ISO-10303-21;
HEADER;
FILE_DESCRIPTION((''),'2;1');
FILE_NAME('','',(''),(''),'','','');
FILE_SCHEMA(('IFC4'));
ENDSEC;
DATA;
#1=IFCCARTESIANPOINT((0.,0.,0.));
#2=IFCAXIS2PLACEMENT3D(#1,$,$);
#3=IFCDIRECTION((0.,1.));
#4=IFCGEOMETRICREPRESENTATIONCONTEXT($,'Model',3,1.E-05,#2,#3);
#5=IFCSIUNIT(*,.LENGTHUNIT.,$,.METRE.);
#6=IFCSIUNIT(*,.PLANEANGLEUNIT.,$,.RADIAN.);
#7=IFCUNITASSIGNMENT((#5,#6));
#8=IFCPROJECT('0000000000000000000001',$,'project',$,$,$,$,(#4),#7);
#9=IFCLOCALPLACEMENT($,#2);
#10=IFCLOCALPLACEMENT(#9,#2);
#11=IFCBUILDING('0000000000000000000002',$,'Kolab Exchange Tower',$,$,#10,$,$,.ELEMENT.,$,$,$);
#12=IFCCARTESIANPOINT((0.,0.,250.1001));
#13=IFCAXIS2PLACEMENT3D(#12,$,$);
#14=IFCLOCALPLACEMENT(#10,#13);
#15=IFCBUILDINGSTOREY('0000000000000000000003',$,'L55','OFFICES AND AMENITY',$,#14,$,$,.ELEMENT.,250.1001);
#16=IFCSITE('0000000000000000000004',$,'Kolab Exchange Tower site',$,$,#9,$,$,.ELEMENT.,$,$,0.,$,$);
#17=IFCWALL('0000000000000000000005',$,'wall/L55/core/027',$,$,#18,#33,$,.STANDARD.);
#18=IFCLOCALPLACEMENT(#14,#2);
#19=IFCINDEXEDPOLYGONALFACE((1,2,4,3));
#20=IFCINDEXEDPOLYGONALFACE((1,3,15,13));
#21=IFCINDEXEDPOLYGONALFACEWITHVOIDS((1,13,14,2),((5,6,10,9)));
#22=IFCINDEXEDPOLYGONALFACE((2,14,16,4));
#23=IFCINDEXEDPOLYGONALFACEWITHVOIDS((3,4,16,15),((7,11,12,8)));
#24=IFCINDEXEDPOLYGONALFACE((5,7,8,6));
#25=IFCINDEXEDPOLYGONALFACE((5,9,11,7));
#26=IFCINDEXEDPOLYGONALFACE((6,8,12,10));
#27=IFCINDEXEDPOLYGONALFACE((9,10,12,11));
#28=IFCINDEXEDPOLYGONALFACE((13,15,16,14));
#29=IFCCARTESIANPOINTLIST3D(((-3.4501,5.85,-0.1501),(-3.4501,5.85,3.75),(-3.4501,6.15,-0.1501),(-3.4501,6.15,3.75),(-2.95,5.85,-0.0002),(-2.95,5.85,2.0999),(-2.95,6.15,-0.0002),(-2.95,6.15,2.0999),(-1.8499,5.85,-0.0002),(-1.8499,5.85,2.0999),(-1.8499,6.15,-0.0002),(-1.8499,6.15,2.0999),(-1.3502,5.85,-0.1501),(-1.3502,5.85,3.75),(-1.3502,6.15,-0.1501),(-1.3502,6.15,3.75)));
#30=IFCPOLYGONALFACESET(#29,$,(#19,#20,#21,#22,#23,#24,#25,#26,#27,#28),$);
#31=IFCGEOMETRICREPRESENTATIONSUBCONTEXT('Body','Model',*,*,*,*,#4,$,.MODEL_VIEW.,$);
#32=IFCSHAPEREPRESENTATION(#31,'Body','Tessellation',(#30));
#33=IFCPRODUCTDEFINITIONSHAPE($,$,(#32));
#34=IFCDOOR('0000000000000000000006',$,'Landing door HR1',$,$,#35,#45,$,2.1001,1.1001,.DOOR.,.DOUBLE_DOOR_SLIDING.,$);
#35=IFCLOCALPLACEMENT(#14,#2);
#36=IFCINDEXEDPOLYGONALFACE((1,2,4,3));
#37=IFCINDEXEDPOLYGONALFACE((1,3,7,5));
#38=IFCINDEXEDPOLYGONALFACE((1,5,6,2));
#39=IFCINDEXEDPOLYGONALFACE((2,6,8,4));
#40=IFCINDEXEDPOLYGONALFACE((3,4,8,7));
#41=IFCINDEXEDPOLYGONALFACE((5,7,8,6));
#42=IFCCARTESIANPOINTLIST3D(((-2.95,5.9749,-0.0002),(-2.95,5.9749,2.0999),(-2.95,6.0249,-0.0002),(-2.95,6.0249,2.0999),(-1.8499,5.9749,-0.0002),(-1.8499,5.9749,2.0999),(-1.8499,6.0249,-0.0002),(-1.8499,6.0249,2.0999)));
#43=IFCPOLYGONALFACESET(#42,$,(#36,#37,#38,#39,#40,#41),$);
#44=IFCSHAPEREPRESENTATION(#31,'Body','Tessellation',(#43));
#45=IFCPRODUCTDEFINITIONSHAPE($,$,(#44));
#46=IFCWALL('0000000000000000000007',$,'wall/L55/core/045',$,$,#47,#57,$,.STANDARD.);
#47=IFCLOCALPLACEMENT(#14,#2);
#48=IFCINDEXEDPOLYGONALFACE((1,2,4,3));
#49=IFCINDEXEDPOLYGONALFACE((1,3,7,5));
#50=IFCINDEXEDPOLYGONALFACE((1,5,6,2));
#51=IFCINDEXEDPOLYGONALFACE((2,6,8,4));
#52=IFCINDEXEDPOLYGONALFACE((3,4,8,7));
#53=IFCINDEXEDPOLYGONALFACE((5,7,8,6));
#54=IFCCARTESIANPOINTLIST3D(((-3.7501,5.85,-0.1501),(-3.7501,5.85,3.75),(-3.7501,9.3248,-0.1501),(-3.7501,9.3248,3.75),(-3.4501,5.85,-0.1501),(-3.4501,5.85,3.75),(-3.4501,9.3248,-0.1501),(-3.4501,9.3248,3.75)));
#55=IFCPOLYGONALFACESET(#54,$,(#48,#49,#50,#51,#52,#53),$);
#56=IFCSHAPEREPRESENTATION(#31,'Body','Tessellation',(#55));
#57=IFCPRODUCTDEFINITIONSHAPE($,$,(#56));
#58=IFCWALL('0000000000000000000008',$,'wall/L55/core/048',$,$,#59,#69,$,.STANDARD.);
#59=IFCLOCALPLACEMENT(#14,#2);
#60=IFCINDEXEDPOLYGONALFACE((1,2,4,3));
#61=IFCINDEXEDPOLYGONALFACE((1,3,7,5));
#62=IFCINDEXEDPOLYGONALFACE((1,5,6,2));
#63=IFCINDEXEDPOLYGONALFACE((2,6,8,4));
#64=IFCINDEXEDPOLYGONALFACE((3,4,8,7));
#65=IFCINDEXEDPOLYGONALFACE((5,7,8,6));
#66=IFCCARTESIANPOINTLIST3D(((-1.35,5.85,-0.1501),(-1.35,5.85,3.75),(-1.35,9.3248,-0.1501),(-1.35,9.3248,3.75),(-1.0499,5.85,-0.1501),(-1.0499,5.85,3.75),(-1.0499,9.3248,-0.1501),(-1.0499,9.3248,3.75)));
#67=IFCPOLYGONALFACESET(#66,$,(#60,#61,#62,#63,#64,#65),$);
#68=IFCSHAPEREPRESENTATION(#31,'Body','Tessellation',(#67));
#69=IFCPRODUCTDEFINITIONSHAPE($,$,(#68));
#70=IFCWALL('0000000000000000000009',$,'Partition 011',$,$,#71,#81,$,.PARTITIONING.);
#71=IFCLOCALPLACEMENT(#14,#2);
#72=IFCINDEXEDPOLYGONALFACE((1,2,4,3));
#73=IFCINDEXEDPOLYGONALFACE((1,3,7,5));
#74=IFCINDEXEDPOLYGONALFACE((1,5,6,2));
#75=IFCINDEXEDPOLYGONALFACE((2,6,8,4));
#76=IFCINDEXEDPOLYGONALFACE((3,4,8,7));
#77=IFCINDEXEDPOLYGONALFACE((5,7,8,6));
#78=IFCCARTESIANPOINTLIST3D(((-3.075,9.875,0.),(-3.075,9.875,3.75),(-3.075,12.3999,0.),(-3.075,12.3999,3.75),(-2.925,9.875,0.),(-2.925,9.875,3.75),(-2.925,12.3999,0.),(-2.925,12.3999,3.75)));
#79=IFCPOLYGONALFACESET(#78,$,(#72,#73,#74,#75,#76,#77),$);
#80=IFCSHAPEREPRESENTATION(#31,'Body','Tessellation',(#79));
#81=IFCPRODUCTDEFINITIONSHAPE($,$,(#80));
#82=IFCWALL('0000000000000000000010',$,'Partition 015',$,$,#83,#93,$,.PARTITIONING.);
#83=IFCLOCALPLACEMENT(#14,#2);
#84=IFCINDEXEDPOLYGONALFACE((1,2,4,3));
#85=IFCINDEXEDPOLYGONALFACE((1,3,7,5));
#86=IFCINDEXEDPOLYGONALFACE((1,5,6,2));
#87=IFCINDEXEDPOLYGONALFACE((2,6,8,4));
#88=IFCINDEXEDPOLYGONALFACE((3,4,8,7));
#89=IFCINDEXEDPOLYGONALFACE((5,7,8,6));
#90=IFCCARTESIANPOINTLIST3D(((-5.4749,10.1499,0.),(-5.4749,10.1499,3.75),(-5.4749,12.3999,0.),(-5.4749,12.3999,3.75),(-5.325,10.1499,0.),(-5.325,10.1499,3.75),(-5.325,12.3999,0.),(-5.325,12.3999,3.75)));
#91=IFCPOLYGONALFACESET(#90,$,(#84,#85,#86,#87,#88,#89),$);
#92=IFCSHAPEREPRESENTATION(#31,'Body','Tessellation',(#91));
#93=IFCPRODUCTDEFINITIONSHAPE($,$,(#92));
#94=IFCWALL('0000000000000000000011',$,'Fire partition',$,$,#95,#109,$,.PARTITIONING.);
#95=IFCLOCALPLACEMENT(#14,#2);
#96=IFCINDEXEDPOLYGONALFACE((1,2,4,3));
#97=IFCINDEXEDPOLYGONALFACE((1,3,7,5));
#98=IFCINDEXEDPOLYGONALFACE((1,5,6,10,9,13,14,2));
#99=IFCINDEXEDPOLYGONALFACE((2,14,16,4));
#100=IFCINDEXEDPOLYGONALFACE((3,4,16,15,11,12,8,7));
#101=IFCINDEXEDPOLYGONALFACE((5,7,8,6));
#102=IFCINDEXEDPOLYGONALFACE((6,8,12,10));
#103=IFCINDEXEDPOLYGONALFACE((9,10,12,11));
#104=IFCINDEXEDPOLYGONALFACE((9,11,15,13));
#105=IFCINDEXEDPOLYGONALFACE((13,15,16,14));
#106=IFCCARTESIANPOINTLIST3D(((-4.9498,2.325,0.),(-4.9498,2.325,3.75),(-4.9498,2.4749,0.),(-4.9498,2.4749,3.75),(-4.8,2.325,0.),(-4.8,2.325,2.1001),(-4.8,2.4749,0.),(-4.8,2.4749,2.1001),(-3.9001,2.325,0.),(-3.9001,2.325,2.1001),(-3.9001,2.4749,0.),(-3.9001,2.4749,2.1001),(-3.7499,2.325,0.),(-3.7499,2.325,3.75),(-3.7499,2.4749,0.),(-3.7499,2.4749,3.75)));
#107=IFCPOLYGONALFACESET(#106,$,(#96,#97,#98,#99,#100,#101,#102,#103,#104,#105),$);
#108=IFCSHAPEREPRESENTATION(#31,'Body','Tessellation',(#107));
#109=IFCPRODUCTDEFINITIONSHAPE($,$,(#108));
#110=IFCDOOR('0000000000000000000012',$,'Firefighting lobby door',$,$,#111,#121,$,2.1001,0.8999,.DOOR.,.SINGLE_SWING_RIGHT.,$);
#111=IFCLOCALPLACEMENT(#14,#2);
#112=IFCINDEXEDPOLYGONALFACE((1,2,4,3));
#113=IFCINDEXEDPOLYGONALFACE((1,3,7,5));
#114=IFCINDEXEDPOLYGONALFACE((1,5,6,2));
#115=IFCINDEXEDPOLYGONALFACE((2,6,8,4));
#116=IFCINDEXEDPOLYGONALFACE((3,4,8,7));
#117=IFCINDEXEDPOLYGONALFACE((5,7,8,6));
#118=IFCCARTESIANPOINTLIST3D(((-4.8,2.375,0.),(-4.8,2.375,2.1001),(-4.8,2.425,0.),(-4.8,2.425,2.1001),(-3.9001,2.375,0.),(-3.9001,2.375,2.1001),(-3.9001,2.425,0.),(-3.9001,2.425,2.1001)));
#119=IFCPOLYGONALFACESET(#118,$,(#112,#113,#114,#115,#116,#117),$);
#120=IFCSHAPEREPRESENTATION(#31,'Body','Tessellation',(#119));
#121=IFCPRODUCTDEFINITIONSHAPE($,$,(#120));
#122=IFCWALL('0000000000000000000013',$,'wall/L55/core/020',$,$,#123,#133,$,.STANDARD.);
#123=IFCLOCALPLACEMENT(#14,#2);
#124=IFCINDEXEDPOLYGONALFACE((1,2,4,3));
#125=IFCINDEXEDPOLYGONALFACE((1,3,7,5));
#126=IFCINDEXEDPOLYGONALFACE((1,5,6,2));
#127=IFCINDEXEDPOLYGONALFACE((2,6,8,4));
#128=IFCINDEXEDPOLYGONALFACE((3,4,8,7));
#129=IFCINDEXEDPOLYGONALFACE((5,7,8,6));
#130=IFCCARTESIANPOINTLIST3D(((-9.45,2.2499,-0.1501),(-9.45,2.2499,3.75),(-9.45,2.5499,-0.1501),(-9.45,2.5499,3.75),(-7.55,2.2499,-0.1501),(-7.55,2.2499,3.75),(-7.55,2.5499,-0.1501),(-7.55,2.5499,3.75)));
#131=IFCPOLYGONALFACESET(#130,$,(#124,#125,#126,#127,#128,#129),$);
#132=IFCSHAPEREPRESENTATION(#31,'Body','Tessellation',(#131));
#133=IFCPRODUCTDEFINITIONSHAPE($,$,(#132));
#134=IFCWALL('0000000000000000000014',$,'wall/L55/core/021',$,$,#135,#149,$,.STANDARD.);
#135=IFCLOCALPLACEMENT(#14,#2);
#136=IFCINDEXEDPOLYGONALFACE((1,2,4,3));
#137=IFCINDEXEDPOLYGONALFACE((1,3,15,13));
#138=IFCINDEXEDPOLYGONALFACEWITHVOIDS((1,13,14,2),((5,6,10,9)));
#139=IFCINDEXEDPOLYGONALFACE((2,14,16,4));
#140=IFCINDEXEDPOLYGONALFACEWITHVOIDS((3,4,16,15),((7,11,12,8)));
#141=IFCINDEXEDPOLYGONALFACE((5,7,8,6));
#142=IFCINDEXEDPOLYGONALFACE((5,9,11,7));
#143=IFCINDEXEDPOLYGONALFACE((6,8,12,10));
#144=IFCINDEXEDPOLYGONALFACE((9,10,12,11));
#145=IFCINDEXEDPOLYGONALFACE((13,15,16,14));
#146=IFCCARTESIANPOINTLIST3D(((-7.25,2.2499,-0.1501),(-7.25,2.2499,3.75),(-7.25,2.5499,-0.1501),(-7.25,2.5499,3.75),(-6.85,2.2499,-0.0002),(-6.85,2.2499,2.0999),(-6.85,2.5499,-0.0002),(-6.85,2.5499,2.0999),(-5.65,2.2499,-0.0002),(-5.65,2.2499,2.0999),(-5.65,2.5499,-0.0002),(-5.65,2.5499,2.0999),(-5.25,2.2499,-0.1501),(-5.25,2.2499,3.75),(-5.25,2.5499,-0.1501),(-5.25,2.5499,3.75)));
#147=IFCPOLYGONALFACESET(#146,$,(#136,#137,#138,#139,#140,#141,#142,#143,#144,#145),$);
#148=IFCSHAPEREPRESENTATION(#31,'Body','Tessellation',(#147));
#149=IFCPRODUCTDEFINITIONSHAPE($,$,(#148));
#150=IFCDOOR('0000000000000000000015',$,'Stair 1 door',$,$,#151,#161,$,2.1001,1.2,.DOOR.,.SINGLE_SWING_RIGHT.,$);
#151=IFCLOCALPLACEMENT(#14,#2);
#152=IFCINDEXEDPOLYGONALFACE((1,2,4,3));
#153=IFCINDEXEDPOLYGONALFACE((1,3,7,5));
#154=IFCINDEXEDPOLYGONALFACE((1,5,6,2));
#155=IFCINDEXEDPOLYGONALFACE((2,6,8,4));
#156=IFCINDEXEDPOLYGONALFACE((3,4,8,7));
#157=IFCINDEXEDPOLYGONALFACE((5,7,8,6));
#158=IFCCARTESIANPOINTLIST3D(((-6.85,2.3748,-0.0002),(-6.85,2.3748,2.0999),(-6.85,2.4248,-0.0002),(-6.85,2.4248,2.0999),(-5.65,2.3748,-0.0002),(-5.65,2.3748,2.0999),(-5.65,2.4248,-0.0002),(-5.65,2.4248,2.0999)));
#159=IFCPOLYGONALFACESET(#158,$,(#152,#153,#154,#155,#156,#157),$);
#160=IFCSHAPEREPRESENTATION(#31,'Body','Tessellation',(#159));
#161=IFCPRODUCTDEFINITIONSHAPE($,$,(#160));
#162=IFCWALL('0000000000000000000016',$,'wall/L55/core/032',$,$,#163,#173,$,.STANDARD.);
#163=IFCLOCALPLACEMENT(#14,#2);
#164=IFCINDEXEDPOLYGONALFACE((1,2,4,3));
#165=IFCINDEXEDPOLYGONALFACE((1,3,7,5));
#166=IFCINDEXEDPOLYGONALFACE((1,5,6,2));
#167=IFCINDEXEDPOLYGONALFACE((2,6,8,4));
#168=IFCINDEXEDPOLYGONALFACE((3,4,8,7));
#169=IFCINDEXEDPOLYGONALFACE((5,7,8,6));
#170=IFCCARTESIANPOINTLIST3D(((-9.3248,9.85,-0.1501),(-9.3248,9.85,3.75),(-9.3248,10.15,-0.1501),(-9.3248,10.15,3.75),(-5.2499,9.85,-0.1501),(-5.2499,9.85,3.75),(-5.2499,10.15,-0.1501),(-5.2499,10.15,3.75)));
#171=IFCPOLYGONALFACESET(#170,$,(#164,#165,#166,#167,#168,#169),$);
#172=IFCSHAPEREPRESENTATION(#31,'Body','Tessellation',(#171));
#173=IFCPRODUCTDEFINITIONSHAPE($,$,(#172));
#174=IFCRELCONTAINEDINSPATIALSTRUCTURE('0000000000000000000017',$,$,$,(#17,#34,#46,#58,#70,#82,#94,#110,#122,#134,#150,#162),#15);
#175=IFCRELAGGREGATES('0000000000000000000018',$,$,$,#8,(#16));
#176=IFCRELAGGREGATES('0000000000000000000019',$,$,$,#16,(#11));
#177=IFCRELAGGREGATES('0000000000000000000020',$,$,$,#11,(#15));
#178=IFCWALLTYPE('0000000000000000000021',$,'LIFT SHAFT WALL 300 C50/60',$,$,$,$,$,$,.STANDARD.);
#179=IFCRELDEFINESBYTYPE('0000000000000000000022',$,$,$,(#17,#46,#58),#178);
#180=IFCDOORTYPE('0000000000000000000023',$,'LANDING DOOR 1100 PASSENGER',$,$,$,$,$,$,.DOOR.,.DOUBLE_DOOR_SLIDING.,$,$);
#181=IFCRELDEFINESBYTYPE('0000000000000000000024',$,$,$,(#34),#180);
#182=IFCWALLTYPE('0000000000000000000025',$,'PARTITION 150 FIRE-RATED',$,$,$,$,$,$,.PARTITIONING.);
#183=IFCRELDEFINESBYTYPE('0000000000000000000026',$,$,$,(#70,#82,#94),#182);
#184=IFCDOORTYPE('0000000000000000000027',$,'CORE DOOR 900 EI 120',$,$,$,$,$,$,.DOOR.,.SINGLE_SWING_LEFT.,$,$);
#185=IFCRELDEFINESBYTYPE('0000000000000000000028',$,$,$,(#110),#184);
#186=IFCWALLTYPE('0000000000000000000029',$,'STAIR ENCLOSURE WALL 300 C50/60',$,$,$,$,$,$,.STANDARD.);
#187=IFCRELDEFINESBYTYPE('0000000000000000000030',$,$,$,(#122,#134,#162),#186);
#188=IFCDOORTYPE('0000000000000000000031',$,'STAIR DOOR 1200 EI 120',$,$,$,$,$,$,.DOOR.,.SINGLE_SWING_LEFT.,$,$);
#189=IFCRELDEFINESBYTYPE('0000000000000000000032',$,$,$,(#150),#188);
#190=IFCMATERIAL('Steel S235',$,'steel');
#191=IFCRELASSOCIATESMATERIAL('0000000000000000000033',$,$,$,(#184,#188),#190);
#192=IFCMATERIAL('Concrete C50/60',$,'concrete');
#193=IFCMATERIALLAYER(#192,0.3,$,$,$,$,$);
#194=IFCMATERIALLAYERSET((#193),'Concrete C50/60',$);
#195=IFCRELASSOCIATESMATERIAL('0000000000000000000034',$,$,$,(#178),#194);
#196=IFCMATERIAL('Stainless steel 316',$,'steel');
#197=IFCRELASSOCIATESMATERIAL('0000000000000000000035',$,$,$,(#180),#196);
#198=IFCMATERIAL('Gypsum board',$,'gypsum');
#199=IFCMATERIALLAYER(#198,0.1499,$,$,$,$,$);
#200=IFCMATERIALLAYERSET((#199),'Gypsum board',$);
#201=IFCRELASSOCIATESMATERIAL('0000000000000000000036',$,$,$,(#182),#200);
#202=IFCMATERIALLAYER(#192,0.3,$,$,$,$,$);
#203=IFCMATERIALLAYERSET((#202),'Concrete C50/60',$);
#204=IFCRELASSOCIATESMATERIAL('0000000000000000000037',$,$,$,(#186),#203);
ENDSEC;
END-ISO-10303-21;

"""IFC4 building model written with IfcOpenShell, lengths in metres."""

from ifc_helpers import new_model, si_unit, direction, frame, frame_2d, origin, place, context, subcontext, project, spatial, rectangle, extrude, material, layer, layer_set, type_object, element, fill, save


model = new_model("IFC4")

# Units and contexts
model_context = context("Model", 3, precision=1e-05, world=origin(), true_north=direction((0.0, 1.0)))
body_context = subcontext(model_context, "Body", "Model", "MODEL_VIEW")
ifc_project = project(units=[si_unit("LENGTHUNIT", "METRE"), si_unit("PLANEANGLEUNIT", "RADIAN")], contexts=[model_context])

# Site, building, storey
site_placement = place(None, origin())
site = spatial("IfcSite", under=ifc_project, at=site_placement, Name="Kolab Exchange Tower site", CompositionType="ELEMENT", RefElevation=0.0)
building_placement = place(site_placement, origin())
building = spatial("IfcBuilding", under=site, at=building_placement, Name="Kolab Exchange Tower", CompositionType="ELEMENT")
storey_placement = place(building_placement, frame((0.0, 0.0, 250.1001)))
storey = spatial("IfcBuildingStorey", under=building, at=storey_placement, Name="L55", Description="OFFICES AND AMENITY", CompositionType="ELEMENT", Elevation=250.1001)

# Shared definitions
ifc_material_1 = material(Name="Concrete C50/60", Category="concrete")
ifc_material_2 = material(Name="Steel S235", Category="steel")
door_type_1 = type_object("IfcDoorType", Name="CORE DOOR 900 EI 120", OperationType="SINGLE_SWING_LEFT", PredefinedType="DOOR", material=ifc_material_2)

# Shared definitions
ifc_layer_1 = layer(ifc_material_1, 0.3)
ifc_layer_set_1 = layer_set([ifc_layer_1], Name="Concrete C50/60")
wall_type_1 = type_object("IfcWallType", Name="LIFT SHAFT WALL 300 C50/60", PredefinedType="STANDARD", material=ifc_layer_set_1)

# Wall, opening, door
ifc_material_3 = material(Name="Stainless steel 316", Category="steel")
door_type_2 = type_object("IfcDoorType", Name="LANDING DOOR 1100 PASSENGER", OperationType="DOUBLE_DOOR_SLIDING", PredefinedType="DOOR", material=ifc_material_3)
wall_1_placement = place(storey_placement, frame((-3.45, 6.0, -0.1501), z_axis=(0.0, 0.0, 1.0), x_axis=(1.0, 0.0, 0.0)))
wall_1 = element("IfcWall", 1, at=wall_1_placement, inside=storey, type_object=wall_type_1, Name="wall/L55/core/027", PredefinedType="STANDARD", context=body_context, shape_type="SweptSolid", body=[
    extrude(rectangle(XDim=2.0999, YDim=0.3, at=frame_2d((1.0498, 0.0))), origin(), (0.0, 0.0, 1.0), 3.9001),
])
opening_1_placement = place(wall_1_placement, frame((0.5, 0.0, 0.1499)))
opening_1 = element("IfcOpeningElement", 2, at=opening_1_placement, cuts=wall_1, PredefinedType="OPENING", context=body_context, shape_type="SweptSolid", body=[
    extrude(rectangle(XDim=1.1001, YDim=2.1001, at=frame_2d((0.55, 1.05))), frame((0.0, 0.1602, 0.0), z_axis=(0.0, -1.0, 0.0), x_axis=(1.0, 0.0, 0.0)), (0.0, 0.0, 1.0), 0.3201),
])
door_1_placement = place(opening_1_placement, origin())
door_1 = element("IfcDoor", 3, at=door_1_placement, inside=storey, type_object=door_type_2, Name="Landing door HR1", OperationType="DOUBLE_DOOR_SLIDING", OverallHeight=2.1001, OverallWidth=1.1001, PredefinedType="DOOR", context=body_context, shape_type="SweptSolid", body=[
    extrude(rectangle(XDim=1.1001, YDim=2.1001, at=frame_2d((0.55, 1.05))), frame((0.0, 0.0249, 0.0), z_axis=(0.0, -1.0, 0.0), x_axis=(1.0, 0.0, 0.0)), (0.0, 0.0, 1.0), 0.05),
])
fill(opening_1, door_1)

# Walls
for number, where, z_axis, x_axis, name in (
    (4, (-3.6001, 5.8501, -0.1501), (0.0, 0.0, 1.0), (0.0, 1.0, 0.0), "wall/L55/core/045"),
    (5, (-1.2, 5.8501, -0.1501), (0.0, 0.0, 1.0), (0.0, 1.0, 0.0), "wall/L55/core/048"),
):
    element("IfcWall", number, at=place(storey_placement, frame(where, z_axis=z_axis, x_axis=x_axis)), inside=storey, type_object=wall_type_1, Name=name, PredefinedType="STANDARD", context=body_context, shape_type="SweptSolid", body=[
        extrude(rectangle(XDim=3.4749, YDim=0.3, at=frame_2d((1.7373, 0.0))), origin(), (0.0, 0.0, 1.0), 3.9001),
    ])
ifc_material_4 = material(Name="Gypsum board", Category="gypsum")
ifc_layer_2 = layer(ifc_material_4, 0.1499)
ifc_layer_set_2 = layer_set([ifc_layer_2], Name="Gypsum board")
wall_type_2 = type_object("IfcWallType", Name="PARTITION 150 FIRE-RATED", PredefinedType="PARTITIONING", material=ifc_layer_set_2)
wall_2_placement = place(storey_placement, frame((-3.0, 9.875, 0.0), z_axis=(0.0, 0.0, 1.0), x_axis=(0.0, 1.0, 0.0)))
element("IfcWall", 6, at=wall_2_placement, inside=storey, type_object=wall_type_2, Name="Partition 011", PredefinedType="PARTITIONING", context=body_context, shape_type="SweptSolid", body=[
    extrude(rectangle(XDim=2.5249, YDim=0.1499, at=frame_2d((1.2625, 0.0))), origin(), (0.0, 0.0, 1.0), 3.75),
])
wall_3_placement = place(storey_placement, frame((-5.3999, 10.1499, 0.0), z_axis=(0.0, 0.0, 1.0), x_axis=(0.0, 1.0, 0.0)))
element("IfcWall", 7, at=wall_3_placement, inside=storey, type_object=wall_type_2, Name="Partition 015", PredefinedType="PARTITIONING", context=body_context, shape_type="SweptSolid", body=[
    extrude(rectangle(XDim=2.25, YDim=0.1499, at=frame_2d((1.125, 0.0))), origin(), (0.0, 0.0, 1.0), 3.75),
])

# Wall, opening, door
wall_4_placement = place(storey_placement, frame((-4.95, 2.3999, 0.0), z_axis=(0.0, 0.0, 1.0), x_axis=(1.0, 0.0, 0.0)))
wall_4 = element("IfcWall", 8, at=wall_4_placement, inside=storey, type_object=wall_type_2, Name="Fire partition", PredefinedType="PARTITIONING", context=body_context, shape_type="SweptSolid", body=[
    extrude(rectangle(XDim=1.2, YDim=0.1499, at=frame_2d((0.6001, 0.0))), origin(), (0.0, 0.0, 1.0), 3.75),
])
opening_2_placement = place(wall_4_placement, frame((0.1499, 0.0, 0.0)))
opening_2 = element("IfcOpeningElement", 9, at=opening_2_placement, cuts=wall_4, PredefinedType="OPENING", context=body_context, shape_type="SweptSolid", body=[
    extrude(rectangle(XDim=0.8999, YDim=2.1001, at=frame_2d((0.45, 1.05))), frame((0.0, 0.085, 0.0), z_axis=(0.0, -1.0, 0.0), x_axis=(1.0, 0.0, 0.0)), (0.0, 0.0, 1.0), 0.1699),
])
door_2_placement = place(opening_2_placement, frame((0.8999, 0.0, 0.0), z_axis=(0.0, 0.0, 1.0), x_axis=(-1.0, 0.0, 0.0)))
door_2 = element("IfcDoor", 10, at=door_2_placement, inside=storey, type_object=door_type_1, Name="Firefighting lobby door", OperationType="SINGLE_SWING_RIGHT", OverallHeight=2.1001, OverallWidth=0.8999, PredefinedType="DOOR", context=body_context, shape_type="SweptSolid", body=[
    extrude(rectangle(XDim=0.8999, YDim=2.1001, at=frame_2d((0.45, 1.05))), frame((0.0, 0.0249, 0.0), z_axis=(0.0, -1.0, 0.0), x_axis=(1.0, 0.0, 0.0)), (0.0, 0.0, 1.0), 0.05),
])
fill(opening_2, door_2)

# Wall
ifc_layer_3 = layer(ifc_material_1, 0.3)
ifc_layer_set_3 = layer_set([ifc_layer_3], Name="Concrete C50/60")
wall_type_3 = type_object("IfcWallType", Name="STAIR ENCLOSURE WALL 300 C50/60", PredefinedType="STANDARD", material=ifc_layer_set_3)
wall_5_placement = place(storey_placement, frame((-9.45, 2.3999, -0.1501), z_axis=(0.0, 0.0, 1.0), x_axis=(1.0, 0.0, 0.0)))
element("IfcWall", 11, at=wall_5_placement, inside=storey, type_object=wall_type_3, Name="wall/L55/core/020", PredefinedType="STANDARD", context=body_context, shape_type="SweptSolid", body=[
    extrude(rectangle(XDim=1.8999, YDim=0.3, at=frame_2d((0.95, 0.0))), origin(), (0.0, 0.0, 1.0), 3.9001),
])

# Wall, opening, door
wall_6_placement = place(storey_placement, frame((-7.25, 2.3999, -0.1501), z_axis=(0.0, 0.0, 1.0), x_axis=(1.0, 0.0, 0.0)))
wall_6 = element("IfcWall", 12, at=wall_6_placement, inside=storey, type_object=wall_type_3, Name="wall/L55/core/021", PredefinedType="STANDARD", context=body_context, shape_type="SweptSolid", body=[
    extrude(rectangle(XDim=2.0, YDim=0.3, at=frame_2d((1.0, 0.0))), origin(), (0.0, 0.0, 1.0), 3.9001),
])
opening_3_placement = place(wall_6_placement, frame((0.3999, 0.0, 0.1499)))
opening_3 = element("IfcOpeningElement", 13, at=opening_3_placement, cuts=wall_6, PredefinedType="OPENING", context=body_context, shape_type="SweptSolid", body=[
    extrude(rectangle(XDim=1.2, YDim=2.1001, at=frame_2d((0.6001, 1.05))), frame((0.0, 0.1602, 0.0), z_axis=(0.0, -1.0, 0.0), x_axis=(1.0, 0.0, 0.0)), (0.0, 0.0, 1.0), 0.3201),
])
door_type_3 = type_object("IfcDoorType", Name="STAIR DOOR 1200 EI 120", OperationType="SINGLE_SWING_LEFT", PredefinedType="DOOR", material=ifc_material_2)
door_3_placement = place(opening_3_placement, origin())
door_3 = element("IfcDoor", 14, at=door_3_placement, inside=storey, type_object=door_type_3, Name="Stair 1 door", OperationType="SINGLE_SWING_RIGHT", OverallHeight=2.1001, OverallWidth=1.2, PredefinedType="DOOR", context=body_context, shape_type="SweptSolid", body=[
    extrude(rectangle(XDim=1.2, YDim=2.1001, at=frame_2d((0.6001, 1.05))), frame((0.0, 0.0249, 0.0), z_axis=(0.0, -1.0, 0.0), x_axis=(1.0, 0.0, 0.0)), (0.0, 0.0, 1.0), 0.05),
])
fill(opening_3, door_3)

# Wall
wall_7_placement = place(storey_placement, frame((-9.325, 10.0, -0.1501), z_axis=(0.0, 0.0, 1.0), x_axis=(1.0, 0.0, 0.0)))
element("IfcWall", 15, at=wall_7_placement, inside=storey, type_object=wall_type_3, Name="wall/L55/core/032", PredefinedType="STANDARD", context=body_context, shape_type="SweptSolid", body=[
    extrude(rectangle(XDim=4.075, YDim=0.3, at=frame_2d((2.0376, 0.0))), origin(), (0.0, 0.0, 1.0), 3.9001),
])

save(model, "model.ifc")
